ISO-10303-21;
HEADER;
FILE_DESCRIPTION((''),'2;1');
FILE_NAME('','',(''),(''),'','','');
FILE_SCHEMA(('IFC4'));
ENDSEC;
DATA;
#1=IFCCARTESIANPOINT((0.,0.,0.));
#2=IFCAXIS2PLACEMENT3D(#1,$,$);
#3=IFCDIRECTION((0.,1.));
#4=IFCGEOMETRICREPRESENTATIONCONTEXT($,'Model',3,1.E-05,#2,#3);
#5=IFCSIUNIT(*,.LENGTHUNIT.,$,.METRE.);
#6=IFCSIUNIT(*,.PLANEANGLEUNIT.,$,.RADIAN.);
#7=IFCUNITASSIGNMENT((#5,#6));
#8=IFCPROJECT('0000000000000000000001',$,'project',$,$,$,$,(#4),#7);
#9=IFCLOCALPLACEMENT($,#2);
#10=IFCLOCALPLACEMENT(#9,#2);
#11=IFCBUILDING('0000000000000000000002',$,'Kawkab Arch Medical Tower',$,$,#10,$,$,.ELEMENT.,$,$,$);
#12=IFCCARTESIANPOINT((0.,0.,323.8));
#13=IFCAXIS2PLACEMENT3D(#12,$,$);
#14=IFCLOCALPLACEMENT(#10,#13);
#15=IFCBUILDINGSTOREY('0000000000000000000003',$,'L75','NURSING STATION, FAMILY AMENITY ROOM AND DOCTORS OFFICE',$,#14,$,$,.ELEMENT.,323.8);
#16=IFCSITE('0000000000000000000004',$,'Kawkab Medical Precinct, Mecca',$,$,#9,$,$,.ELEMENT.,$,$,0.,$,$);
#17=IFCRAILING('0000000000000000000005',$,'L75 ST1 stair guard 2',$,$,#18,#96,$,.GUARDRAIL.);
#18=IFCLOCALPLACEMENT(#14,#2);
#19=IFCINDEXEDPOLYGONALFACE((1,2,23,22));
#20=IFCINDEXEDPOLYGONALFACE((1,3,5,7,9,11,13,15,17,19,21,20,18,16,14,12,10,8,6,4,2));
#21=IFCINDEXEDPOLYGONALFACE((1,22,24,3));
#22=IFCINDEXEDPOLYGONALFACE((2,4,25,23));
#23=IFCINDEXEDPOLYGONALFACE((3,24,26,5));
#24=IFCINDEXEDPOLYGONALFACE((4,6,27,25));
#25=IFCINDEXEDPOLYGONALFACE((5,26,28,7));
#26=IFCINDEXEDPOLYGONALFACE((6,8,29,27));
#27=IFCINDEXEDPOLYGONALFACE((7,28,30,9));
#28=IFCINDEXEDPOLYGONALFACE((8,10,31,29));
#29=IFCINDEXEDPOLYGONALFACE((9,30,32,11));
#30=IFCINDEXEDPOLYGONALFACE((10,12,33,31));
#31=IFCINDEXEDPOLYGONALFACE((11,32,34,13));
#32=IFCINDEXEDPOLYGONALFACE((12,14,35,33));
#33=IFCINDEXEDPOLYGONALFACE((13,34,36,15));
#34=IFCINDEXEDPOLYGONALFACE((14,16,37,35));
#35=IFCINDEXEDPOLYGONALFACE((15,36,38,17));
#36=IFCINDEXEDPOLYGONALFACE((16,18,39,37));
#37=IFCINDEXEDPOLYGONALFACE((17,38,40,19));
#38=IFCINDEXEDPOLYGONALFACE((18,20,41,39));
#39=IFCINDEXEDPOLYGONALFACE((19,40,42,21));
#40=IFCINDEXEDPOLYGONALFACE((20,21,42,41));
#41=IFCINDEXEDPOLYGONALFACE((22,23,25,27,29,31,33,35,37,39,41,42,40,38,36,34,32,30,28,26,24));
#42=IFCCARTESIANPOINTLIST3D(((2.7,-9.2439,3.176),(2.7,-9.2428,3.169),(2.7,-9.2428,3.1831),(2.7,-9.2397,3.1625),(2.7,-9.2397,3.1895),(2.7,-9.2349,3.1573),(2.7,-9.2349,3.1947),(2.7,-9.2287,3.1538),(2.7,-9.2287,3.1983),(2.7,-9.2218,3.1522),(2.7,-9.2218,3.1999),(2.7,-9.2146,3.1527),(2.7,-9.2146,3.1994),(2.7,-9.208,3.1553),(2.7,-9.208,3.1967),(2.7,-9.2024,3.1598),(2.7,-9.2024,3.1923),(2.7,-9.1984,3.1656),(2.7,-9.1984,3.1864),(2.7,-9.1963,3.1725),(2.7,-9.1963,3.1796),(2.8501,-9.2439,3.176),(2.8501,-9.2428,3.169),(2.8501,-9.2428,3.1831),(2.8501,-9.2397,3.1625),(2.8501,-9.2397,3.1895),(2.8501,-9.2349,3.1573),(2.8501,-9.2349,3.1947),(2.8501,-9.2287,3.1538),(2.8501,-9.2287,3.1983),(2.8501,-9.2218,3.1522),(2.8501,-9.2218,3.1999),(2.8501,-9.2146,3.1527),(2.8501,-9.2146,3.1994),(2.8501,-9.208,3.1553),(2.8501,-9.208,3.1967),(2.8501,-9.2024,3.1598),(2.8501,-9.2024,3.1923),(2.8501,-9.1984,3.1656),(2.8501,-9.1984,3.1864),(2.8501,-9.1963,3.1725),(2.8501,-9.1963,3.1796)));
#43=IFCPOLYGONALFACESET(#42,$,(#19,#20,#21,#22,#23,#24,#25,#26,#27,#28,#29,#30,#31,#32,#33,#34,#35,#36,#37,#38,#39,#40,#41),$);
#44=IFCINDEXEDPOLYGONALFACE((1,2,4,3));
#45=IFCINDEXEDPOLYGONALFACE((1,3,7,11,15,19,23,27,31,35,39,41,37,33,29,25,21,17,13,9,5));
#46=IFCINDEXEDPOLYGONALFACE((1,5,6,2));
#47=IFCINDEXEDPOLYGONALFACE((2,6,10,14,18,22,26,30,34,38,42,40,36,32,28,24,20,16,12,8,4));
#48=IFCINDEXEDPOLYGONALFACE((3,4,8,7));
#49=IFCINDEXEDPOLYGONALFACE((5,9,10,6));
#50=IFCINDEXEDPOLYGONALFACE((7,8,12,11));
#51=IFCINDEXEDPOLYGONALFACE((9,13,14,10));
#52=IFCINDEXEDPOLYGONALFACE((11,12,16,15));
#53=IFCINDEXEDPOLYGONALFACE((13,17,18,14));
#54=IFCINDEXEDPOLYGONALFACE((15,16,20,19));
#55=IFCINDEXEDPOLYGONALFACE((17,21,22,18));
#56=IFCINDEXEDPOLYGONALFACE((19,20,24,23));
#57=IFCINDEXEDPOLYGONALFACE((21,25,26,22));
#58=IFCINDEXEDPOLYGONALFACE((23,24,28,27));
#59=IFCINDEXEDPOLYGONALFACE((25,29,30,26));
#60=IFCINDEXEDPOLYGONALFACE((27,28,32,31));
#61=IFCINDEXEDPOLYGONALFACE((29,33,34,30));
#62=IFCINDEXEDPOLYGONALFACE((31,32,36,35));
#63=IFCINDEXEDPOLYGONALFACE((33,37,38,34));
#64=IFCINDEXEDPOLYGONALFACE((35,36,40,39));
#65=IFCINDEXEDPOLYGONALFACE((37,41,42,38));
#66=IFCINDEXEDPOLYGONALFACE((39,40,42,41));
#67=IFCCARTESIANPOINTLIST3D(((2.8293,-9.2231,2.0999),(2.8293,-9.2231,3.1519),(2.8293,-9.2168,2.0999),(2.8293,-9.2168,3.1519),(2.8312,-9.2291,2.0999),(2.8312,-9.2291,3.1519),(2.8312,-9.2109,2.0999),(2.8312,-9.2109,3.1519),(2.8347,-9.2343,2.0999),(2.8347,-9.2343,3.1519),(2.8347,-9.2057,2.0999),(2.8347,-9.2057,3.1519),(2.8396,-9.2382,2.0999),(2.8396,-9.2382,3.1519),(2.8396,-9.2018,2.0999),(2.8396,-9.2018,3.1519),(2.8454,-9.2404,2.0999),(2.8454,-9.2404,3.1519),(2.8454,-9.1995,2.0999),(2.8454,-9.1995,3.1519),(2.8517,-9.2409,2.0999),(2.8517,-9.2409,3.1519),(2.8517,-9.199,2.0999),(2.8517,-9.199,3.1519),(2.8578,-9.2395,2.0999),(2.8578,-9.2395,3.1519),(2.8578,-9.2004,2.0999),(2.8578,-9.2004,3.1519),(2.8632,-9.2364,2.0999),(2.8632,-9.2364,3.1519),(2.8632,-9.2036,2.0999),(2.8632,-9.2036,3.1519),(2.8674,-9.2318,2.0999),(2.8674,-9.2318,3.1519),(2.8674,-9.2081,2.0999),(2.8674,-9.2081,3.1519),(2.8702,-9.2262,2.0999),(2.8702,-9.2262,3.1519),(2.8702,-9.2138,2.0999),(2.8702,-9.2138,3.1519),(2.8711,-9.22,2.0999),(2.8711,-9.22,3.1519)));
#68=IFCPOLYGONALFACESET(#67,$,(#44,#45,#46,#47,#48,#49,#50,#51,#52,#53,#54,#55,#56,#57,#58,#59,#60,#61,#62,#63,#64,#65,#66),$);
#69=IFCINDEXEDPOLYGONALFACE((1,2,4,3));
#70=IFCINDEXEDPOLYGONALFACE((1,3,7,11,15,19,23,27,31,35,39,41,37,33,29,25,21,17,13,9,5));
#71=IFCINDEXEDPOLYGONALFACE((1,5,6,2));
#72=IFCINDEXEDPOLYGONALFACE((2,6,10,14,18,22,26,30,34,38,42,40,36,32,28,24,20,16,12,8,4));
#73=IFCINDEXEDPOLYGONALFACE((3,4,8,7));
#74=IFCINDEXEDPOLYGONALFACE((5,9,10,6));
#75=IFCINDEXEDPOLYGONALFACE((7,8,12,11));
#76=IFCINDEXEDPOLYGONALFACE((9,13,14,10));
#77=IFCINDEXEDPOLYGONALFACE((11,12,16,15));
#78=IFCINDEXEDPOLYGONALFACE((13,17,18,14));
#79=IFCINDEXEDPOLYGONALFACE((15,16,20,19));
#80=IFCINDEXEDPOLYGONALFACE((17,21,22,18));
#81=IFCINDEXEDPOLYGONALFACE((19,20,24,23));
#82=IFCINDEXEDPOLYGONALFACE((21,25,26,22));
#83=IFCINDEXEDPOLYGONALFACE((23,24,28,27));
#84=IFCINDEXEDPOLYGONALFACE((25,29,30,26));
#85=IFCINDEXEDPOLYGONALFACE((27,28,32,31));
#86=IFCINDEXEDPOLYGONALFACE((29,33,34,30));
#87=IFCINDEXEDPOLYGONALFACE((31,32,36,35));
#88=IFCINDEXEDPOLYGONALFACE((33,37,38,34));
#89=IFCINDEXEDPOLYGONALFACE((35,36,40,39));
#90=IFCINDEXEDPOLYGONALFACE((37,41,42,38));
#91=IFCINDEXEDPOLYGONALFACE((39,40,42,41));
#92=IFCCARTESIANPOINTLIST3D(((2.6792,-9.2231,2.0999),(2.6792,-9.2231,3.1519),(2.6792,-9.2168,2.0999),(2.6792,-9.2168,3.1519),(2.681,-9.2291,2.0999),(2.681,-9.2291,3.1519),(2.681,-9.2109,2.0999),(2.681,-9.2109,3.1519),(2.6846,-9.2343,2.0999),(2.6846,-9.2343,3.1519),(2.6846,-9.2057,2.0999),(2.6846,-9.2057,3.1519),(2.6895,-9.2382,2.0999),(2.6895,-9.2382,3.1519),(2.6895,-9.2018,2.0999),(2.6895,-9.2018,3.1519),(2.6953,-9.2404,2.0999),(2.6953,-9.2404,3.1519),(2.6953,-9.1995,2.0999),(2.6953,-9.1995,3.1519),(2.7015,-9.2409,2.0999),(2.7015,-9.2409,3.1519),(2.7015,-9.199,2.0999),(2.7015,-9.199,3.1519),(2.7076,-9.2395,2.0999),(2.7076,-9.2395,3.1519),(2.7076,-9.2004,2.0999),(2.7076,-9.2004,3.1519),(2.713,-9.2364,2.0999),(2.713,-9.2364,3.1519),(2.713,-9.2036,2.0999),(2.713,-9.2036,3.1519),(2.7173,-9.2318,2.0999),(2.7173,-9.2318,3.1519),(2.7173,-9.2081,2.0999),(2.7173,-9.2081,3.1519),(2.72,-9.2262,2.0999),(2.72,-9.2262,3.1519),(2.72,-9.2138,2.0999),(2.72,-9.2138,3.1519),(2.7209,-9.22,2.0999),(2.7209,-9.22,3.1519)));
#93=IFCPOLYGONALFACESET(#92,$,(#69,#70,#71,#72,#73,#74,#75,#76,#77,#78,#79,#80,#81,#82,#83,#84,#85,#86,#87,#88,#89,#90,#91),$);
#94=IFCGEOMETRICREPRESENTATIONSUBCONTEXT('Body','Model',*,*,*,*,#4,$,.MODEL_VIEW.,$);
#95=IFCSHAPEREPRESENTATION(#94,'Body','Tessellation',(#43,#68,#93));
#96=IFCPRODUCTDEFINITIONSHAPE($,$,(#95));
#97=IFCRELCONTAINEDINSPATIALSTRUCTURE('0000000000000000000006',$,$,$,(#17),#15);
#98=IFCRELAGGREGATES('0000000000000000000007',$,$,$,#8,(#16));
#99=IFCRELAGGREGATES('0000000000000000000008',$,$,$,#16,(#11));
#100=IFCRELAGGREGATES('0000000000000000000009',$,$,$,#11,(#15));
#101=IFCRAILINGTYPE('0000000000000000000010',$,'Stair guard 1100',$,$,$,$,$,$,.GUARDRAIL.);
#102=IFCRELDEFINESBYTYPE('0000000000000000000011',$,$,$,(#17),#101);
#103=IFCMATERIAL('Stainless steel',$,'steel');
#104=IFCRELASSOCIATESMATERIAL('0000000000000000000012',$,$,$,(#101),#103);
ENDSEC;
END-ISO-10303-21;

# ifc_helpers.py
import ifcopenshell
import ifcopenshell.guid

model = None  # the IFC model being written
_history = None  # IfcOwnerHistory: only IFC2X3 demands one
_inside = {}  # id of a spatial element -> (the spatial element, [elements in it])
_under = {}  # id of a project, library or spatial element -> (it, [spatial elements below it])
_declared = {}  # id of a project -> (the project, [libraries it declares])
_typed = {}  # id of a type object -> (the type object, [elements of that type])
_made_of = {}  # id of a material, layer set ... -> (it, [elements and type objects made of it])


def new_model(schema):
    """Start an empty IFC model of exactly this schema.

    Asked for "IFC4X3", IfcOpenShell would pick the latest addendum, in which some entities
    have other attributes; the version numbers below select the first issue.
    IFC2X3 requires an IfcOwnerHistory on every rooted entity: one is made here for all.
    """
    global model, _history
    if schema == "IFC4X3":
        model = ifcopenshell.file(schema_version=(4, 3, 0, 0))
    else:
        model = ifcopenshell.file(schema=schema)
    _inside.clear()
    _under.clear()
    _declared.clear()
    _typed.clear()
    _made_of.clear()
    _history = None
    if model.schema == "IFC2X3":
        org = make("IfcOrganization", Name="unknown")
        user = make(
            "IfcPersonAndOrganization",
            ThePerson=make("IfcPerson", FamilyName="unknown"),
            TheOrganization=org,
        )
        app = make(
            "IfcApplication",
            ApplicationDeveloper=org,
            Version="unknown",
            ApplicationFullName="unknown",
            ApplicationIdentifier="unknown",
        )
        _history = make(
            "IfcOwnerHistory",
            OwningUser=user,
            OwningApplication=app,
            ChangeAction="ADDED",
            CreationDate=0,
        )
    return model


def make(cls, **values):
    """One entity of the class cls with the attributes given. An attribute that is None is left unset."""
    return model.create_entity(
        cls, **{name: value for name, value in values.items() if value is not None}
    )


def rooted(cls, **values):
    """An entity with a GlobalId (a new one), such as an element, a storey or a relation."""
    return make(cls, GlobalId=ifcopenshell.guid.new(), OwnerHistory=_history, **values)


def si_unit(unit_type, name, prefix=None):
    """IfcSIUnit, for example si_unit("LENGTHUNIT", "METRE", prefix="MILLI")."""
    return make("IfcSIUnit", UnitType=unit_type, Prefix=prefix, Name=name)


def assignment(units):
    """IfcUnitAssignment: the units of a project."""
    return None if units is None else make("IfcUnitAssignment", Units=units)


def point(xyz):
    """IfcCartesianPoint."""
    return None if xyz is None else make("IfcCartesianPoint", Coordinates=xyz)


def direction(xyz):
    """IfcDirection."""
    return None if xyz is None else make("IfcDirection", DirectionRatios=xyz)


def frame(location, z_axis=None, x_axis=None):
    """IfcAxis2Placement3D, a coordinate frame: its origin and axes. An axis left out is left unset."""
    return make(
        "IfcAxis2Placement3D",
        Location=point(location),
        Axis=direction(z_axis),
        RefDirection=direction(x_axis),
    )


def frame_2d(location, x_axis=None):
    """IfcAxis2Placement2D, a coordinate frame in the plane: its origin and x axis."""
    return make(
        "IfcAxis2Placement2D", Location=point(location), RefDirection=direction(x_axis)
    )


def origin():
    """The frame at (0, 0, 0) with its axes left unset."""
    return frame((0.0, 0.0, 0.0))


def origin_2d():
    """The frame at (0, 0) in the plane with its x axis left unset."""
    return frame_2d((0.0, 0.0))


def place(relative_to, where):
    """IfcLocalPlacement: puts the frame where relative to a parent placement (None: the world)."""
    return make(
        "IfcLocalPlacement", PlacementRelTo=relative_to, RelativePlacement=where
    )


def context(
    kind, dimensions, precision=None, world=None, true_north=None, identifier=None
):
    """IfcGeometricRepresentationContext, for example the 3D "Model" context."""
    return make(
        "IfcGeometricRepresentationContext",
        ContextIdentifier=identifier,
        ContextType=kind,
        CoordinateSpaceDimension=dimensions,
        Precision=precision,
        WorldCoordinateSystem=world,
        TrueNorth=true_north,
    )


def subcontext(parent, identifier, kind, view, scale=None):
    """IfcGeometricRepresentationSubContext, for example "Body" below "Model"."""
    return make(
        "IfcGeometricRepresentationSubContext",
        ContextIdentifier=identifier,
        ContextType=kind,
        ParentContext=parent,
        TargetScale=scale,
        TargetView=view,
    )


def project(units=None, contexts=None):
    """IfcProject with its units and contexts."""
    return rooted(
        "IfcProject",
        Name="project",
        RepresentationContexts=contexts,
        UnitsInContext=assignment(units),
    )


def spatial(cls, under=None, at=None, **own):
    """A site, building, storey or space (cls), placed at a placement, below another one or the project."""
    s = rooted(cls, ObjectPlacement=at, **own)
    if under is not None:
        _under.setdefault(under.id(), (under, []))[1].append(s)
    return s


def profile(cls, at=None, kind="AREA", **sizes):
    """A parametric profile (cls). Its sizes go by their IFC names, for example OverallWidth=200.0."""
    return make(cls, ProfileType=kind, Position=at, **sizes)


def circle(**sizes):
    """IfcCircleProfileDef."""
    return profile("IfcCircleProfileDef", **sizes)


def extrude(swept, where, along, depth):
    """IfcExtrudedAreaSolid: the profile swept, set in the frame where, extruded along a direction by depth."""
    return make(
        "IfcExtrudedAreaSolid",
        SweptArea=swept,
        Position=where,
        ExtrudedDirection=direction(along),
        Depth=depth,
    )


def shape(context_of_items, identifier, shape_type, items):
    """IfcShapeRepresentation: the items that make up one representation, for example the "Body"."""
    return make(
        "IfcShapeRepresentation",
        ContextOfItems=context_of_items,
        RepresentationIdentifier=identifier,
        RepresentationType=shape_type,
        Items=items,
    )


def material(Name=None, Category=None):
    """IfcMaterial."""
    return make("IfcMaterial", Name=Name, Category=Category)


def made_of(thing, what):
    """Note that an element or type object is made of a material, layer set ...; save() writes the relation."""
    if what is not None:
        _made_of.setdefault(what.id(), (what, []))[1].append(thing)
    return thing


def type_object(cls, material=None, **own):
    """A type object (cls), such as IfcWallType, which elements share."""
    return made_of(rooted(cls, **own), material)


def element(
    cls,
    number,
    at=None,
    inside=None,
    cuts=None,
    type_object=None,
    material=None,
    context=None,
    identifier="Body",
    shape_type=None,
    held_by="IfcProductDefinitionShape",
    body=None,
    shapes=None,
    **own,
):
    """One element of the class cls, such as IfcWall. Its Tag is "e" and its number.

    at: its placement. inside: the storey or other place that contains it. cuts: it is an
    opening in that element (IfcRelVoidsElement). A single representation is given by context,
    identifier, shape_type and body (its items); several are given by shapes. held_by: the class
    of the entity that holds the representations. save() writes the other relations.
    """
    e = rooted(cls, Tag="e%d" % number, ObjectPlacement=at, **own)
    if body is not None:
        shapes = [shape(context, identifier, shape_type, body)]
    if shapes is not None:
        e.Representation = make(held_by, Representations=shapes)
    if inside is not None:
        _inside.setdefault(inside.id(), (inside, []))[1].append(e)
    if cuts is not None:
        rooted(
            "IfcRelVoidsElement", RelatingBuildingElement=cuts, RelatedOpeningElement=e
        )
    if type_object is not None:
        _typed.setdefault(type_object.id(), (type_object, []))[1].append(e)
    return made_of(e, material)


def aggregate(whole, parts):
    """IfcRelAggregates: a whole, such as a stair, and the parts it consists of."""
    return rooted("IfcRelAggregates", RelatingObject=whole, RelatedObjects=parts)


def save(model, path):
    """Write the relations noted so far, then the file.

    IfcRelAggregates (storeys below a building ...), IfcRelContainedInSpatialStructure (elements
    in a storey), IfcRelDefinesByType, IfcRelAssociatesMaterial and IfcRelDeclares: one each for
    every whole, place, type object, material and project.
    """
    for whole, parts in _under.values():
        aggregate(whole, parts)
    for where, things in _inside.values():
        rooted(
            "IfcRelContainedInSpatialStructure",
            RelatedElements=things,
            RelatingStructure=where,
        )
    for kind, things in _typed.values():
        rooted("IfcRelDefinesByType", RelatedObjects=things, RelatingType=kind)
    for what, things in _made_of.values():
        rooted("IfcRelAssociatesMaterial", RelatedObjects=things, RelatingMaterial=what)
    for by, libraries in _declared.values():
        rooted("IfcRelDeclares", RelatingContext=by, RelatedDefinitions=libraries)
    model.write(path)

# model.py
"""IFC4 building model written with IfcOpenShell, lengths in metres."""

from ifc_helpers import new_model, si_unit, direction, frame, origin, origin_2d, place, context, subcontext, project, spatial, circle, extrude, material, type_object, element, save


model = new_model("IFC4")

# Units and contexts
model_context = context("Model", 3, precision=1e-05, world=origin(), true_north=direction((0.0, 1.0)))
body_context = subcontext(model_context, "Body", "Model", "MODEL_VIEW")
ifc_project = project(units=[si_unit("LENGTHUNIT", "METRE"), si_unit("PLANEANGLEUNIT", "RADIAN")], contexts=[model_context])

# Site, building, storey
site_placement = place(None, origin())
site = spatial("IfcSite", under=ifc_project, at=site_placement, Name="Kawkab Medical Precinct, Mecca", CompositionType="ELEMENT", RefElevation=0.0)
building_placement = place(site_placement, origin())
building = spatial("IfcBuilding", under=site, at=building_placement, Name="Kawkab Arch Medical Tower", CompositionType="ELEMENT")
storey_placement = place(building_placement, frame((0.0, 0.0, 323.8)))
storey = spatial("IfcBuildingStorey", under=building, at=storey_placement, Name="L75", Description="NURSING STATION, FAMILY AMENITY ROOM AND DOCTORS OFFICE", CompositionType="ELEMENT", Elevation=323.8)

# Railing
ifc_material_1 = material(Name="Stainless steel", Category="steel")
railing_type = type_object("IfcRailingType", Name="Stair guard 1100", PredefinedType="GUARDRAIL", material=ifc_material_1)
railing_1_placement = place(storey_placement, frame((2.8501, -9.22, 2.0999)))
element("IfcRailing", 1, at=railing_1_placement, inside=storey, type_object=railing_type, Name="L75 ST1 stair guard 2", PredefinedType="GUARDRAIL", context=body_context, shape_type="SweptSolid", body=[
    extrude(circle(Radius=0.0239, at=origin_2d()), frame((0.0, 0.0, 1.0762), z_axis=(-1.0, 0.0, 0.0), x_axis=(0.0, -1.0, 0.0)), (0.0, 0.0, 1.0), 0.1501),
    extrude(circle(Radius=0.021, at=origin_2d()), origin(), (0.0, 0.0, 1.0), 1.052),
    extrude(circle(Radius=0.021, at=origin_2d()), frame((-0.1501, 0.0, 0.0)), (0.0, 0.0, 1.0), 1.052),
])

save(model, "model.ifc")
